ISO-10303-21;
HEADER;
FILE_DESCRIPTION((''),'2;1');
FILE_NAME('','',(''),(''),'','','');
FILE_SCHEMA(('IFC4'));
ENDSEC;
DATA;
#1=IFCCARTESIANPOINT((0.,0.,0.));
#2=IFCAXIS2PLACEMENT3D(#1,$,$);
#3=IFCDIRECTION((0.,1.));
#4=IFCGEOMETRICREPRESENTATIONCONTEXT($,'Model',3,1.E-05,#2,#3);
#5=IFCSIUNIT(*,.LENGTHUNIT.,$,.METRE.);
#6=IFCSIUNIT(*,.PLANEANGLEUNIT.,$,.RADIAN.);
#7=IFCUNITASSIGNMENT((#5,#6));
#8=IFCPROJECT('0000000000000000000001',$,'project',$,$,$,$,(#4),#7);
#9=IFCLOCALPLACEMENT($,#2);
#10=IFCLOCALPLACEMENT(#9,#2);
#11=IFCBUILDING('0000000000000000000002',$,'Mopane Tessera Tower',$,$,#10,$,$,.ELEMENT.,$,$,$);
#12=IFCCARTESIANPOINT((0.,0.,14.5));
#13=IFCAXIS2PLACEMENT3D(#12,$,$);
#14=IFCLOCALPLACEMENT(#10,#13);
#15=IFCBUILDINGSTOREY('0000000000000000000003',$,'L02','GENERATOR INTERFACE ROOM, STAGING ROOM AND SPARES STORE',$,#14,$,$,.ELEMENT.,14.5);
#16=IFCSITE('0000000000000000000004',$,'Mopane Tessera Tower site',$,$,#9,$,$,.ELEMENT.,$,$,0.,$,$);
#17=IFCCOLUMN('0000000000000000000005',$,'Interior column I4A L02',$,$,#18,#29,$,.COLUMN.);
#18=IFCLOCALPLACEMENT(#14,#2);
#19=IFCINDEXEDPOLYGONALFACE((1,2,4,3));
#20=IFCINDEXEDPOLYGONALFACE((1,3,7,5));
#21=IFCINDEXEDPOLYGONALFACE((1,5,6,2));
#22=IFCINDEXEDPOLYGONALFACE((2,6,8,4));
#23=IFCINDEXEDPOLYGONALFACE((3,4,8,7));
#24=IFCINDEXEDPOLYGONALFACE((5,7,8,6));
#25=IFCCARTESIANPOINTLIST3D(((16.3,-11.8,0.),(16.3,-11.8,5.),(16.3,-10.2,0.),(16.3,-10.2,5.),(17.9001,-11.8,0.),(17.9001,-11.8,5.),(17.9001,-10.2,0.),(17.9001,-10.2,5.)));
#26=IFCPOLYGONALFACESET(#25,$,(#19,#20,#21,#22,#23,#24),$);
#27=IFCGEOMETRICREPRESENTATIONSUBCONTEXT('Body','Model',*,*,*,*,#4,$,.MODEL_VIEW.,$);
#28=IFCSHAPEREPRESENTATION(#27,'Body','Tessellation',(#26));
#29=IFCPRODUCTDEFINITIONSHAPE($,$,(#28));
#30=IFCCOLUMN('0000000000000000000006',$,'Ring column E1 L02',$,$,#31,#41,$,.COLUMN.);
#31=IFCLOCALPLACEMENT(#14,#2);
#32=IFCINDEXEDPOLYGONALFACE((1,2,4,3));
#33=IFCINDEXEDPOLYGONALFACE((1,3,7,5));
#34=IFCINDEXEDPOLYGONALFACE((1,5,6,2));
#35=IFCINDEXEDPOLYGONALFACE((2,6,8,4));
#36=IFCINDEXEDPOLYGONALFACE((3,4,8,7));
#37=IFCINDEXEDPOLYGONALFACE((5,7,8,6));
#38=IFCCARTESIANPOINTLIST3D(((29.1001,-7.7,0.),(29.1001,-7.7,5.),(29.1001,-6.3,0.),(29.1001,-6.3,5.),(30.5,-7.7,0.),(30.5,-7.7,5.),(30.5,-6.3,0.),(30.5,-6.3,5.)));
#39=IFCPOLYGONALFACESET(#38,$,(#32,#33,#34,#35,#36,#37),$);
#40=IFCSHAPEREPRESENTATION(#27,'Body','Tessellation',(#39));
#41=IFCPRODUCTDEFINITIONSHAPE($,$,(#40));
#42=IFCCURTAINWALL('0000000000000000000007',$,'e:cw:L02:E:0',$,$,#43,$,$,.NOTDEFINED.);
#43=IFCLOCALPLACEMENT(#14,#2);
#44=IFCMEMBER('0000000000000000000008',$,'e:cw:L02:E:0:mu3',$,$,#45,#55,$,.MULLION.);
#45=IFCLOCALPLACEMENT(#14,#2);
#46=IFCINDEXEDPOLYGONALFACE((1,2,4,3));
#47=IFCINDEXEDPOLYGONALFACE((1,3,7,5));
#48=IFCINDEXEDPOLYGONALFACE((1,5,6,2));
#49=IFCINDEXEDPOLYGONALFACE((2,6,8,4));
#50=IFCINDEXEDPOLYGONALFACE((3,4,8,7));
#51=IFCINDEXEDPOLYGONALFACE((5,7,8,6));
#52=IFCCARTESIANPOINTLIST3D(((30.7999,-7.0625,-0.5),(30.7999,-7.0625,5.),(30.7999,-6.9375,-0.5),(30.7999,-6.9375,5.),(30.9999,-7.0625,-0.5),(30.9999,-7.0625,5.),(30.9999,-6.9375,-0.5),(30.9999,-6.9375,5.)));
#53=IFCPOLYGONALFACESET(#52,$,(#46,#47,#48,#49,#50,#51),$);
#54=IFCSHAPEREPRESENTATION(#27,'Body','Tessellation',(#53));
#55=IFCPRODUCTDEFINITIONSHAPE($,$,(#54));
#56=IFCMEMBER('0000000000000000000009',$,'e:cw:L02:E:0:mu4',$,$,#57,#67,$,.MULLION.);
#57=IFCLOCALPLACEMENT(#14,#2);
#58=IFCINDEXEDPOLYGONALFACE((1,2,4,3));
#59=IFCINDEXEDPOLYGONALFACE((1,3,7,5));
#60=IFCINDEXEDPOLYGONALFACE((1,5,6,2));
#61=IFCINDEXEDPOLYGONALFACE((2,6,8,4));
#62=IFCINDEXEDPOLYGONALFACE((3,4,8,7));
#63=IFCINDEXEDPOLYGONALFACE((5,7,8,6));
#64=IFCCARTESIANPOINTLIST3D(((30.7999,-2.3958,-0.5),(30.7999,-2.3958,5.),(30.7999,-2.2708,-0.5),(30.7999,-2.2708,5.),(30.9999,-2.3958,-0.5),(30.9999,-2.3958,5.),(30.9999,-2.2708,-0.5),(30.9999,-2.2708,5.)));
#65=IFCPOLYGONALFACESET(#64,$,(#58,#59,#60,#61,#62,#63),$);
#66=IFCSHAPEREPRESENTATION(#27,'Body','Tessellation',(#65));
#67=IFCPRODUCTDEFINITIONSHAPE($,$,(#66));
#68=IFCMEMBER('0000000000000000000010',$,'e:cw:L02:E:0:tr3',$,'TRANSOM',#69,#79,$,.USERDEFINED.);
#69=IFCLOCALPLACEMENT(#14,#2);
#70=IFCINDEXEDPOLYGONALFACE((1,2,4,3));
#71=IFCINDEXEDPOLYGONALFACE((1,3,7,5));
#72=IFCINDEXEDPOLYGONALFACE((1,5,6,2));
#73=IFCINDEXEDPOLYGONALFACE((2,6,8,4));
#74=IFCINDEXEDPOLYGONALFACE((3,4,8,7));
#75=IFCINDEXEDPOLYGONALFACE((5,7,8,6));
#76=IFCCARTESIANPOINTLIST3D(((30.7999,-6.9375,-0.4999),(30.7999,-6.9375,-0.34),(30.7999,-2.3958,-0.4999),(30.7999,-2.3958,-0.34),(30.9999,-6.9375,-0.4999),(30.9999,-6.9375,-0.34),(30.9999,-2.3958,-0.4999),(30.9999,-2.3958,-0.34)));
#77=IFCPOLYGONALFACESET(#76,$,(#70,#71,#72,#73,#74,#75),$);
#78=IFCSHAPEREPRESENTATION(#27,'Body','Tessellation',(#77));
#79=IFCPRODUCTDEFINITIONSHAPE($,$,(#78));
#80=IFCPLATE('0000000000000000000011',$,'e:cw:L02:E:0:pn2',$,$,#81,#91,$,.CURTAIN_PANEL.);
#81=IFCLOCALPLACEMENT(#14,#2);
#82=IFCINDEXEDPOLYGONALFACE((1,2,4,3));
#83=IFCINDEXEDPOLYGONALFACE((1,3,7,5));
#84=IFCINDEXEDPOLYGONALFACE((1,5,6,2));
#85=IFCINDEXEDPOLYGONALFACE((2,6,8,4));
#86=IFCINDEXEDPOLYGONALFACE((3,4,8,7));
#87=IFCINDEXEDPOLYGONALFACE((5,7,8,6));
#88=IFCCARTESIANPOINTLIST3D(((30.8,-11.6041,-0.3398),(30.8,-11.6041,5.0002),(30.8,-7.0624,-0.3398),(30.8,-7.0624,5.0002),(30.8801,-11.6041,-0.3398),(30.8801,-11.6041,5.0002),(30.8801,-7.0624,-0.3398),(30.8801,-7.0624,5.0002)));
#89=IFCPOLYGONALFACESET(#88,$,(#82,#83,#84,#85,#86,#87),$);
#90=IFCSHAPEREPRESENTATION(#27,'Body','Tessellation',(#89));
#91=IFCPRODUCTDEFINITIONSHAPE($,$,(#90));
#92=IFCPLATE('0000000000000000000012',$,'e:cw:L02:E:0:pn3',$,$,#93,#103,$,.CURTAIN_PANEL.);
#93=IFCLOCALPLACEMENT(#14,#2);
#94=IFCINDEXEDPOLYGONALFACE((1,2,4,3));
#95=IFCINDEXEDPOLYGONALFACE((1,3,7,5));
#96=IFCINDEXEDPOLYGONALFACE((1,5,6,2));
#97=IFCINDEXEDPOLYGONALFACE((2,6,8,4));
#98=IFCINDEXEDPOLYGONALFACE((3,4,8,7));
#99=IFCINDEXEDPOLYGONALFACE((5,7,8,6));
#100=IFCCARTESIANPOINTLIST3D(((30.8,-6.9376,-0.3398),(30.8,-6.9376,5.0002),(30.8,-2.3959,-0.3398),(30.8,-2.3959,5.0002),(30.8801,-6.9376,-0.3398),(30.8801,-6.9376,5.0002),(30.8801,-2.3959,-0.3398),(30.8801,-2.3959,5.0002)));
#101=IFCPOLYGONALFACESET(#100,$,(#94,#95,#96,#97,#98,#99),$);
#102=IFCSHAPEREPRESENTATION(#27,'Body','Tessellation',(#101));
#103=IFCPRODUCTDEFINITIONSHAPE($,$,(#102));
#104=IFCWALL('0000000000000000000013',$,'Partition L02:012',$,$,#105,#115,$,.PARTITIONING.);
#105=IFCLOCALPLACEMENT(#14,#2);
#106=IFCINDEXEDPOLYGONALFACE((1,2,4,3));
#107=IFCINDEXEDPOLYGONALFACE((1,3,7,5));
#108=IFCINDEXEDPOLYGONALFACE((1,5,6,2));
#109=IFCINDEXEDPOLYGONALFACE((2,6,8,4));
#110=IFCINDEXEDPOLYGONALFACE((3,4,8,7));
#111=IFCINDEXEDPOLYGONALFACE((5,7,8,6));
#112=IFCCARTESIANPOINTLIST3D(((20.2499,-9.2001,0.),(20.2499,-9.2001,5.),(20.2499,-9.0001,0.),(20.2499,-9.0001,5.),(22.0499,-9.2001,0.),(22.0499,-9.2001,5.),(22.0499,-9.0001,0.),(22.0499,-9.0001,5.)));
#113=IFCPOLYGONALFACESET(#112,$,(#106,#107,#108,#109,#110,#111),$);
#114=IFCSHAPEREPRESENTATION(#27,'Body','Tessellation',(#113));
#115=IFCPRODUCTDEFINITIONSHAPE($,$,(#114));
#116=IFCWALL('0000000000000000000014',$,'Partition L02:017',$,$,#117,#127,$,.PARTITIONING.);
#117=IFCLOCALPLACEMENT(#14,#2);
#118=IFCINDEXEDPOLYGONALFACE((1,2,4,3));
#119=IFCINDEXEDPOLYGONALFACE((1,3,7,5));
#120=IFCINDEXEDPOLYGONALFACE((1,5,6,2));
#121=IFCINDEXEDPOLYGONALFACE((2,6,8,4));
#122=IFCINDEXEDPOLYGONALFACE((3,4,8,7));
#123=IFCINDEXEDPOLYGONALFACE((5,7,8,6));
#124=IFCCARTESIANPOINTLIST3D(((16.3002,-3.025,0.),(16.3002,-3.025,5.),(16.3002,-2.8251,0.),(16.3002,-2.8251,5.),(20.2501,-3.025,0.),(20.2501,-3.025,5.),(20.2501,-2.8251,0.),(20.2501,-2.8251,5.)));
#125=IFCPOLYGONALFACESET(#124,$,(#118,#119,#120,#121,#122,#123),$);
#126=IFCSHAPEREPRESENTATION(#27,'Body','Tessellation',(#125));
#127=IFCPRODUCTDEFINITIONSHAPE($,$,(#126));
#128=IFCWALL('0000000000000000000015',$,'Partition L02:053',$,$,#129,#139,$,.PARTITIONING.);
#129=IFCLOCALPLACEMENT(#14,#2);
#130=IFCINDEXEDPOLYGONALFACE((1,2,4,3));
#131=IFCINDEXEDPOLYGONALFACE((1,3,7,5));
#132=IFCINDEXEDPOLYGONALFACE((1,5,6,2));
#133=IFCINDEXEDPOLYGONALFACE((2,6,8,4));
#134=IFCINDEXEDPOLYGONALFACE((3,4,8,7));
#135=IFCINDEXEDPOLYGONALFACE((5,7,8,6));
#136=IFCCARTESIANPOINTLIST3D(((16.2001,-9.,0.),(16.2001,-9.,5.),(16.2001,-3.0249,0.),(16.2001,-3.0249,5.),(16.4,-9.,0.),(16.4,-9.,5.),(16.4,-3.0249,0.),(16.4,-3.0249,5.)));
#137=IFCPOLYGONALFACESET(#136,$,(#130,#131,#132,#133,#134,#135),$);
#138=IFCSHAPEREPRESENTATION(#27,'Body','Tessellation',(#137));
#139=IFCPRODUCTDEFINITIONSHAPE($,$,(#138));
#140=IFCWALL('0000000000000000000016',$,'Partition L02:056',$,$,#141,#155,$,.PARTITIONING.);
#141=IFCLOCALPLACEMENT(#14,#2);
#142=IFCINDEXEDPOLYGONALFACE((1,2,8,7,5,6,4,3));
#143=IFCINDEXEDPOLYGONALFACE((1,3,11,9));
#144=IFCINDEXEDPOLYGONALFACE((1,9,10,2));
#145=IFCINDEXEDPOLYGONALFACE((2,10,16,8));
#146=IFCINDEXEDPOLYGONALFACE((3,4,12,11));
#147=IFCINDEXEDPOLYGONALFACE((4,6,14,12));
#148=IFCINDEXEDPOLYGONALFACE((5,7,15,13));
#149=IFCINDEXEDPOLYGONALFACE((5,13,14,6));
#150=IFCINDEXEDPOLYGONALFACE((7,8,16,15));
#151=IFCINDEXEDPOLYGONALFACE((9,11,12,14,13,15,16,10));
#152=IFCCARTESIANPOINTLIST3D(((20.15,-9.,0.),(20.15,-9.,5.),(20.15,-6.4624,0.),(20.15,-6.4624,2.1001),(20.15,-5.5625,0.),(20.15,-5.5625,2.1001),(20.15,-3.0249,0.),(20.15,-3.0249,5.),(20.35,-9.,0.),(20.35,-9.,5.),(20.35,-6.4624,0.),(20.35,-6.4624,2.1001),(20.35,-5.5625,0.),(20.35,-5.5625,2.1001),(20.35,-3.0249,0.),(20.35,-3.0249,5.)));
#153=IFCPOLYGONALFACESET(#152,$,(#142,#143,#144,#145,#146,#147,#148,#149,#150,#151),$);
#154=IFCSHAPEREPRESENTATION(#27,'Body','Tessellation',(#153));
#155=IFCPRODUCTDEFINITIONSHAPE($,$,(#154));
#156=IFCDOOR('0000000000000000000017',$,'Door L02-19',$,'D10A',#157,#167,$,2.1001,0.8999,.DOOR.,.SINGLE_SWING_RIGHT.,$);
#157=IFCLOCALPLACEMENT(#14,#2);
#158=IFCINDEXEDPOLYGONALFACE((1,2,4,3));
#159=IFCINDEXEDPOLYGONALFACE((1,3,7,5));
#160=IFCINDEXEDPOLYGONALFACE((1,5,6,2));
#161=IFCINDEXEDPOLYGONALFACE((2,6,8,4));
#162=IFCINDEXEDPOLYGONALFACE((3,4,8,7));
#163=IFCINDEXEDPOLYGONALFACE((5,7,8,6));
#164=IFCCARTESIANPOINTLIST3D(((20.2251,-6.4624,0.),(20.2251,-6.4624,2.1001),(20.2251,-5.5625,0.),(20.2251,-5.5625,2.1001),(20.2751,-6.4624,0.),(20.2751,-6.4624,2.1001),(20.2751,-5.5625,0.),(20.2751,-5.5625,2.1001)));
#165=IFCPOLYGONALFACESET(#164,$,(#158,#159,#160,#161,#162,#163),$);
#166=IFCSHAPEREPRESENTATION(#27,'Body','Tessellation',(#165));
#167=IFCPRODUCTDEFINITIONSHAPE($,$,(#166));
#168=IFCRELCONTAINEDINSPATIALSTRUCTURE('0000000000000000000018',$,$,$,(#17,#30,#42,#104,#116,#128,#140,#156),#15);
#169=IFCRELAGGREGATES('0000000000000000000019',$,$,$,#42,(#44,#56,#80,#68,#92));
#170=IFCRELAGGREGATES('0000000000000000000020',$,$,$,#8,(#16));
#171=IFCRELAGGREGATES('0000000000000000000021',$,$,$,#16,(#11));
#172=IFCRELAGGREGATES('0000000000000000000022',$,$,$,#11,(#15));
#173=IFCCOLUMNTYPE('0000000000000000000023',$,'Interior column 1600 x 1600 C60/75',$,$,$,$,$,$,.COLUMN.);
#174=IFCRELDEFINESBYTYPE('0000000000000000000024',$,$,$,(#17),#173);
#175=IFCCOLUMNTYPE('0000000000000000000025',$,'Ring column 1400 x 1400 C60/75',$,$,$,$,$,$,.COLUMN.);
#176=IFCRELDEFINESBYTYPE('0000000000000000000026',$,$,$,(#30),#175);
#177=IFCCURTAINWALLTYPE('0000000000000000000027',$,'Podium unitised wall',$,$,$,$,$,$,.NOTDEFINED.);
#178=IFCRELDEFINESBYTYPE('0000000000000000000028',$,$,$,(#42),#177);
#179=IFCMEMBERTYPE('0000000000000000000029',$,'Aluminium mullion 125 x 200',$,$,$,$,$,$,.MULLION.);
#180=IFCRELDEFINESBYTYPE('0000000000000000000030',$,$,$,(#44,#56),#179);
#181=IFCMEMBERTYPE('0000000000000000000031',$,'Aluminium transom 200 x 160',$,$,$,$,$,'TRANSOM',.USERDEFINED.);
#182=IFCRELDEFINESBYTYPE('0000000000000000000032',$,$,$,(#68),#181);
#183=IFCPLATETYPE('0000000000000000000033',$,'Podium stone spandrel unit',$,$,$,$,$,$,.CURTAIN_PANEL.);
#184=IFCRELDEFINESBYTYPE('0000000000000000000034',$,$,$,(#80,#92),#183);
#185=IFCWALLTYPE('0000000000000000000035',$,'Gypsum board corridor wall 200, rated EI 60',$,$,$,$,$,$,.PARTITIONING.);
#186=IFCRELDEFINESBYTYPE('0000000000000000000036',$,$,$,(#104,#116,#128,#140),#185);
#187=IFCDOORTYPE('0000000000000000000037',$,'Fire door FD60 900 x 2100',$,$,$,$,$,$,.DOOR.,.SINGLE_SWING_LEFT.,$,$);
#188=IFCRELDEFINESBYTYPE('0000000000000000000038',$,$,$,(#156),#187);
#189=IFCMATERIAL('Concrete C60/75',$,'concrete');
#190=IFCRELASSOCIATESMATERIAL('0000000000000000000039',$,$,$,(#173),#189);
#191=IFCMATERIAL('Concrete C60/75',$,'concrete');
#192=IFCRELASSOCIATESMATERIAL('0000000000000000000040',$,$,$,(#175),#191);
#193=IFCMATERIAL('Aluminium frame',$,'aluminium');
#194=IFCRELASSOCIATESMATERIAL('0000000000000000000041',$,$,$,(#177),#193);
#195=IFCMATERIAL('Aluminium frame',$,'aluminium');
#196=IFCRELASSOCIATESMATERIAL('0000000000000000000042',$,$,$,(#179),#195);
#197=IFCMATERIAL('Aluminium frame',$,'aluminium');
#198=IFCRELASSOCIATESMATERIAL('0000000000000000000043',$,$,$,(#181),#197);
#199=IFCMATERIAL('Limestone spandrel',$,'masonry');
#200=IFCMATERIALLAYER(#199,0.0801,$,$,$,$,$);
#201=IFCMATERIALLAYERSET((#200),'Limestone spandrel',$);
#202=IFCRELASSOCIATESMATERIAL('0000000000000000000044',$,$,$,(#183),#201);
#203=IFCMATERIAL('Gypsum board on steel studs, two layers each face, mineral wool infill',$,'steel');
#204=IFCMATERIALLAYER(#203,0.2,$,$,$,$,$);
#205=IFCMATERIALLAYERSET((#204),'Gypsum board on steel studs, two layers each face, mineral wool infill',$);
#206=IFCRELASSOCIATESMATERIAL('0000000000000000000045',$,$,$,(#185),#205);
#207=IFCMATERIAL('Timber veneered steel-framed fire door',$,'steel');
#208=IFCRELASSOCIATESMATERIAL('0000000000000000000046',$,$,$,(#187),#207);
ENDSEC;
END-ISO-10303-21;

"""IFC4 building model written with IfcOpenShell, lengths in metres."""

from ifc_helpers import new_model, si_unit, direction, frame, frame_2d, origin, origin_2d, place, context, subcontext, project, spatial, rectangle, extrude, material, layer, layer_set, material_profile, profile_set, type_object, element, fill, aggregate, save


model = new_model("IFC4")

# Units and contexts
model_context = context("Model", 3, precision=1e-05, world=origin(), true_north=direction((0.0, 1.0)))
body_context = subcontext(model_context, "Body", "Model", "MODEL_VIEW")
ifc_project = project(units=[si_unit("LENGTHUNIT", "METRE"), si_unit("PLANEANGLEUNIT", "RADIAN")], contexts=[model_context])

# Site, building, storey
site_placement = place(None, origin())
site = spatial("IfcSite", under=ifc_project, at=site_placement, Name="Mopane Tessera Tower site", CompositionType="ELEMENT", RefElevation=0.0)
building_placement = place(site_placement, origin())
building = spatial("IfcBuilding", under=site, at=building_placement, Name="Mopane Tessera Tower", CompositionType="ELEMENT")
storey_placement = place(building_placement, frame((0.0, 0.0, 14.5)))
storey = spatial("IfcBuildingStorey", under=building, at=storey_placement, Name="L02", Description="GENERATOR INTERFACE ROOM, STAGING ROOM AND SPARES STORE", CompositionType="ELEMENT", Elevation=14.5)

# Columns
ifc_material_1 = material(Name="Concrete C60/75", Category="concrete")
ifc_material_profile_1 = material_profile(ifc_material_1, rectangle(XDim=1.6001, YDim=1.6001, at=origin_2d()))
ifc_profile_set_1 = profile_set([ifc_material_profile_1], Name="Concrete C60/75")
column_type_1 = type_object("IfcColumnType", Name="Interior column 1600 x 1600 C60/75", PredefinedType="COLUMN", material=ifc_profile_set_1)
column_1_placement = place(storey_placement, frame((17.1001, -11.0, 0.0), z_axis=(0.0, 0.0, 1.0), x_axis=(1.0, 0.0, 0.0)))
element("IfcColumn", 1, at=column_1_placement, inside=storey, type_object=column_type_1, Name="Interior column I4A L02", PredefinedType="COLUMN", context=body_context, shape_type="SweptSolid", body=[
    extrude(rectangle(XDim=1.6001, YDim=1.6001, at=origin_2d()), origin(), (0.0, 0.0, 1.0), 5.0),
])
ifc_material_2 = material(Name="Concrete C60/75", Category="concrete")
ifc_material_profile_2 = material_profile(ifc_material_2, rectangle(XDim=1.3999, YDim=1.3999, at=origin_2d()))
ifc_profile_set_2 = profile_set([ifc_material_profile_2], Name="Concrete C60/75")
column_type_2 = type_object("IfcColumnType", Name="Ring column 1400 x 1400 C60/75", PredefinedType="COLUMN", material=ifc_profile_set_2)
column_2_placement = place(storey_placement, frame((29.8, -7.0, 0.0), z_axis=(0.0, 0.0, 1.0), x_axis=(1.0, 0.0, 0.0)))
element("IfcColumn", 2, at=column_2_placement, inside=storey, type_object=column_type_2, Name="Ring column E1 L02", PredefinedType="COLUMN", context=body_context, shape_type="SweptSolid", body=[
    extrude(rectangle(XDim=1.3999, YDim=1.3999, at=origin_2d()), origin(), (0.0, 0.0, 1.0), 5.0),
])

# Curtain wall, members, plates
ifc_material_3 = material(Name="Aluminium frame", Category="aluminium")
curtain_wall_type = type_object("IfcCurtainWallType", Name="Podium unitised wall", PredefinedType="NOTDEFINED", material=ifc_material_3)
curtain_wall_placement = place(storey_placement, origin())
curtain_wall = element("IfcCurtainWall", 3, at=curtain_wall_placement, inside=storey, type_object=curtain_wall_type, Name="e:cw:L02:E:0", PredefinedType="NOTDEFINED")
ifc_material_4 = material(Name="Aluminium frame", Category="aluminium")
ifc_material_profile_3 = material_profile(ifc_material_4, rectangle(XDim=0.125, YDim=0.2, at=origin_2d()))
ifc_profile_set_3 = profile_set([ifc_material_profile_3], Name="Aluminium frame")
member_type_1 = type_object("IfcMemberType", Name="Aluminium mullion 125 x 200", PredefinedType="MULLION", material=ifc_profile_set_3)
member_1_placement = place(storey_placement, frame((30.8999, -7.0, -0.5), z_axis=(0.0, 0.0, 1.0), x_axis=(0.0, 1.0, 0.0)))
member_1 = element("IfcMember", 4, at=member_1_placement, type_object=member_type_1, Name="e:cw:L02:E:0:mu3", PredefinedType="MULLION", context=body_context, shape_type="SweptSolid", body=[
    extrude(rectangle(XDim=0.125, YDim=0.2, at=origin_2d()), origin(), (0.0, 0.0, 1.0), 5.5),
])
member_2_placement = place(storey_placement, frame((30.8999, -2.3333, -0.5), z_axis=(0.0, 0.0, 1.0), x_axis=(0.0, 1.0, 0.0)))
member_2 = element("IfcMember", 5, at=member_2_placement, type_object=member_type_1, Name="e:cw:L02:E:0:mu4", PredefinedType="MULLION", context=body_context, shape_type="SweptSolid", body=[
    extrude(rectangle(XDim=0.125, YDim=0.2, at=origin_2d()), origin(), (0.0, 0.0, 1.0), 5.5),
])
ifc_material_5 = material(Name="Aluminium frame", Category="aluminium")
ifc_material_profile_4 = material_profile(ifc_material_5, rectangle(XDim=0.2, YDim=0.1599, at=origin_2d()))
ifc_profile_set_4 = profile_set([ifc_material_profile_4], Name="Aluminium frame")
member_type_2 = type_object("IfcMemberType", Name="Aluminium transom 200 x 160", ElementType="TRANSOM", PredefinedType="USERDEFINED", material=ifc_profile_set_4)
member_3_placement = place(storey_placement, frame((30.8999, -6.9375, -0.4199), z_axis=(0.0, 1.0, 0.0), x_axis=(-1.0, 0.0, 0.0)))
member_3 = element("IfcMember", 6, at=member_3_placement, type_object=member_type_2, Name="e:cw:L02:E:0:tr3", ObjectType="TRANSOM", PredefinedType="USERDEFINED", context=body_context, shape_type="SweptSolid", body=[
    extrude(rectangle(XDim=0.2, YDim=0.1599, at=origin_2d()), origin(), (0.0, 0.0, 1.0), 4.5417),
])
ifc_material_6 = material(Name="Limestone spandrel", Category="masonry")
ifc_layer_1 = layer(ifc_material_6, 0.0801)
ifc_layer_set_1 = layer_set([ifc_layer_1], Name="Limestone spandrel")
plate_type = type_object("IfcPlateType", Name="Podium stone spandrel unit", PredefinedType="CURTAIN_PANEL", material=ifc_layer_set_1)
plate_1_placement = place(storey_placement, frame((30.8401, -9.3333, -0.3398), z_axis=(0.0, 0.0, 1.0), x_axis=(0.0, 1.0, 0.0)))
plate_1 = element("IfcPlate", 7, at=plate_1_placement, type_object=plate_type, Name="e:cw:L02:E:0:pn2", PredefinedType="CURTAIN_PANEL", context=body_context, shape_type="SweptSolid", body=[
    extrude(rectangle(XDim=4.5417, YDim=0.0801, at=origin_2d()), origin(), (0.0, 0.0, 1.0), 5.3401),
])
plate_2_placement = place(storey_placement, frame((30.8401, -4.6667, -0.3398), z_axis=(0.0, 0.0, 1.0), x_axis=(0.0, 1.0, 0.0)))
plate_2 = element("IfcPlate", 8, at=plate_2_placement, type_object=plate_type, Name="e:cw:L02:E:0:pn3", PredefinedType="CURTAIN_PANEL", context=body_context, shape_type="SweptSolid", body=[
    extrude(rectangle(XDim=4.5417, YDim=0.0801, at=origin_2d()), origin(), (0.0, 0.0, 1.0), 5.3401),
])
aggregate(curtain_wall, [member_1, member_2, plate_1, member_3, plate_2])

# Walls
ifc_material_7 = material(Name="Gypsum board on steel studs, two layers each face, mineral wool infill", Category="steel")
ifc_layer_2 = layer(ifc_material_7, 0.2)
ifc_layer_set_2 = layer_set([ifc_layer_2], Name="Gypsum board on steel studs, two layers each face, mineral wool infill")
wall_type_1 = type_object("IfcWallType", Name="Gypsum board corridor wall 200, rated EI 60", PredefinedType="PARTITIONING", material=ifc_layer_set_2)
wall_1_placement = place(storey_placement, frame((20.25, -9.1001, 0.0), z_axis=(0.0, 0.0, 1.0), x_axis=(1.0, 0.0, 0.0)))
element("IfcWall", 9, at=wall_1_placement, inside=storey, type_object=wall_type_1, Name="Partition L02:012", PredefinedType="PARTITIONING", context=body_context, shape_type="SweptSolid", body=[
    extrude(rectangle(XDim=1.8, YDim=0.2, at=frame_2d((0.8999, 0.0))), origin(), (0.0, 0.0, 1.0), 5.0),
])
wall_2_placement = place(storey_placement, frame((16.3, -2.925, 0.0), z_axis=(0.0, 0.0, 1.0), x_axis=(1.0, 0.0, 0.0)))
element("IfcWall", 10, at=wall_2_placement, inside=storey, type_object=wall_type_1, Name="Partition L02:017", PredefinedType="PARTITIONING", context=body_context, shape_type="SweptSolid", body=[
    extrude(rectangle(XDim=3.95, YDim=0.2, at=frame_2d((1.9751, 0.0))), origin(), (0.0, 0.0, 1.0), 5.0),
])
wall_3_placement = place(storey_placement, frame((16.3, -9.0, 0.0), z_axis=(0.0, 0.0, 1.0), x_axis=(0.0, 1.0, 0.0)))
element("IfcWall", 11, at=wall_3_placement, inside=storey, type_object=wall_type_1, Name="Partition L02:053", PredefinedType="PARTITIONING", context=body_context, shape_type="SweptSolid", body=[
    extrude(rectangle(XDim=5.9751, YDim=0.2, at=frame_2d((2.9875, 0.0))), origin(), (0.0, 0.0, 1.0), 5.0),
])

# Wall, opening, door
wall_4_placement = place(storey_placement, frame((20.25, -9.0, 0.0), z_axis=(0.0, 0.0, 1.0), x_axis=(0.0, 1.0, 0.0)))
wall_4 = element("IfcWall", 12, at=wall_4_placement, inside=storey, type_object=wall_type_1, Name="Partition L02:056", PredefinedType="PARTITIONING", context=body_context, shape_type="SweptSolid", body=[
    extrude(rectangle(XDim=5.9751, YDim=0.2, at=frame_2d((2.9875, 0.0))), origin(), (0.0, 0.0, 1.0), 5.0),
])
opening_1_placement = place(wall_4_placement, frame((2.5376, 0.0, 0.0)))
opening_1 = element("IfcOpeningElement", 13, at=opening_1_placement, cuts=wall_4, PredefinedType="OPENING", context=body_context, shape_type="SweptSolid", body=[
    extrude(rectangle(XDim=0.8999, YDim=2.1001, at=frame_2d((0.45, 1.05))), frame((0.0, 0.1121, 0.0), z_axis=(0.0, -1.0, 0.0), x_axis=(1.0, 0.0, 0.0)), (0.0, 0.0, 1.0), 0.2239),
])
ifc_material_8 = material(Name="Timber veneered steel-framed fire door", Category="steel")
door_type_1 = type_object("IfcDoorType", Name="Fire door FD60 900 x 2100", OperationType="SINGLE_SWING_LEFT", PredefinedType="DOOR", material=ifc_material_8)
door_1_placement = place(opening_1_placement, origin())
door_1 = element("IfcDoor", 14, at=door_1_placement, inside=storey, type_object=door_type_1, Name="Door L02-19", ObjectType="D10A", OperationType="SINGLE_SWING_RIGHT", OverallHeight=2.1001, OverallWidth=0.8999, PredefinedType="DOOR", context=body_context, shape_type="SweptSolid", body=[
    extrude(rectangle(XDim=0.8999, YDim=2.1001, at=frame_2d((0.45, 1.05))), frame((0.0, 0.0249, 0.0), z_axis=(0.0, -1.0, 0.0), x_axis=(1.0, 0.0, 0.0)), (0.0, 0.0, 1.0), 0.05),
])
fill(opening_1, door_1)

save(model, "model.ifc")
